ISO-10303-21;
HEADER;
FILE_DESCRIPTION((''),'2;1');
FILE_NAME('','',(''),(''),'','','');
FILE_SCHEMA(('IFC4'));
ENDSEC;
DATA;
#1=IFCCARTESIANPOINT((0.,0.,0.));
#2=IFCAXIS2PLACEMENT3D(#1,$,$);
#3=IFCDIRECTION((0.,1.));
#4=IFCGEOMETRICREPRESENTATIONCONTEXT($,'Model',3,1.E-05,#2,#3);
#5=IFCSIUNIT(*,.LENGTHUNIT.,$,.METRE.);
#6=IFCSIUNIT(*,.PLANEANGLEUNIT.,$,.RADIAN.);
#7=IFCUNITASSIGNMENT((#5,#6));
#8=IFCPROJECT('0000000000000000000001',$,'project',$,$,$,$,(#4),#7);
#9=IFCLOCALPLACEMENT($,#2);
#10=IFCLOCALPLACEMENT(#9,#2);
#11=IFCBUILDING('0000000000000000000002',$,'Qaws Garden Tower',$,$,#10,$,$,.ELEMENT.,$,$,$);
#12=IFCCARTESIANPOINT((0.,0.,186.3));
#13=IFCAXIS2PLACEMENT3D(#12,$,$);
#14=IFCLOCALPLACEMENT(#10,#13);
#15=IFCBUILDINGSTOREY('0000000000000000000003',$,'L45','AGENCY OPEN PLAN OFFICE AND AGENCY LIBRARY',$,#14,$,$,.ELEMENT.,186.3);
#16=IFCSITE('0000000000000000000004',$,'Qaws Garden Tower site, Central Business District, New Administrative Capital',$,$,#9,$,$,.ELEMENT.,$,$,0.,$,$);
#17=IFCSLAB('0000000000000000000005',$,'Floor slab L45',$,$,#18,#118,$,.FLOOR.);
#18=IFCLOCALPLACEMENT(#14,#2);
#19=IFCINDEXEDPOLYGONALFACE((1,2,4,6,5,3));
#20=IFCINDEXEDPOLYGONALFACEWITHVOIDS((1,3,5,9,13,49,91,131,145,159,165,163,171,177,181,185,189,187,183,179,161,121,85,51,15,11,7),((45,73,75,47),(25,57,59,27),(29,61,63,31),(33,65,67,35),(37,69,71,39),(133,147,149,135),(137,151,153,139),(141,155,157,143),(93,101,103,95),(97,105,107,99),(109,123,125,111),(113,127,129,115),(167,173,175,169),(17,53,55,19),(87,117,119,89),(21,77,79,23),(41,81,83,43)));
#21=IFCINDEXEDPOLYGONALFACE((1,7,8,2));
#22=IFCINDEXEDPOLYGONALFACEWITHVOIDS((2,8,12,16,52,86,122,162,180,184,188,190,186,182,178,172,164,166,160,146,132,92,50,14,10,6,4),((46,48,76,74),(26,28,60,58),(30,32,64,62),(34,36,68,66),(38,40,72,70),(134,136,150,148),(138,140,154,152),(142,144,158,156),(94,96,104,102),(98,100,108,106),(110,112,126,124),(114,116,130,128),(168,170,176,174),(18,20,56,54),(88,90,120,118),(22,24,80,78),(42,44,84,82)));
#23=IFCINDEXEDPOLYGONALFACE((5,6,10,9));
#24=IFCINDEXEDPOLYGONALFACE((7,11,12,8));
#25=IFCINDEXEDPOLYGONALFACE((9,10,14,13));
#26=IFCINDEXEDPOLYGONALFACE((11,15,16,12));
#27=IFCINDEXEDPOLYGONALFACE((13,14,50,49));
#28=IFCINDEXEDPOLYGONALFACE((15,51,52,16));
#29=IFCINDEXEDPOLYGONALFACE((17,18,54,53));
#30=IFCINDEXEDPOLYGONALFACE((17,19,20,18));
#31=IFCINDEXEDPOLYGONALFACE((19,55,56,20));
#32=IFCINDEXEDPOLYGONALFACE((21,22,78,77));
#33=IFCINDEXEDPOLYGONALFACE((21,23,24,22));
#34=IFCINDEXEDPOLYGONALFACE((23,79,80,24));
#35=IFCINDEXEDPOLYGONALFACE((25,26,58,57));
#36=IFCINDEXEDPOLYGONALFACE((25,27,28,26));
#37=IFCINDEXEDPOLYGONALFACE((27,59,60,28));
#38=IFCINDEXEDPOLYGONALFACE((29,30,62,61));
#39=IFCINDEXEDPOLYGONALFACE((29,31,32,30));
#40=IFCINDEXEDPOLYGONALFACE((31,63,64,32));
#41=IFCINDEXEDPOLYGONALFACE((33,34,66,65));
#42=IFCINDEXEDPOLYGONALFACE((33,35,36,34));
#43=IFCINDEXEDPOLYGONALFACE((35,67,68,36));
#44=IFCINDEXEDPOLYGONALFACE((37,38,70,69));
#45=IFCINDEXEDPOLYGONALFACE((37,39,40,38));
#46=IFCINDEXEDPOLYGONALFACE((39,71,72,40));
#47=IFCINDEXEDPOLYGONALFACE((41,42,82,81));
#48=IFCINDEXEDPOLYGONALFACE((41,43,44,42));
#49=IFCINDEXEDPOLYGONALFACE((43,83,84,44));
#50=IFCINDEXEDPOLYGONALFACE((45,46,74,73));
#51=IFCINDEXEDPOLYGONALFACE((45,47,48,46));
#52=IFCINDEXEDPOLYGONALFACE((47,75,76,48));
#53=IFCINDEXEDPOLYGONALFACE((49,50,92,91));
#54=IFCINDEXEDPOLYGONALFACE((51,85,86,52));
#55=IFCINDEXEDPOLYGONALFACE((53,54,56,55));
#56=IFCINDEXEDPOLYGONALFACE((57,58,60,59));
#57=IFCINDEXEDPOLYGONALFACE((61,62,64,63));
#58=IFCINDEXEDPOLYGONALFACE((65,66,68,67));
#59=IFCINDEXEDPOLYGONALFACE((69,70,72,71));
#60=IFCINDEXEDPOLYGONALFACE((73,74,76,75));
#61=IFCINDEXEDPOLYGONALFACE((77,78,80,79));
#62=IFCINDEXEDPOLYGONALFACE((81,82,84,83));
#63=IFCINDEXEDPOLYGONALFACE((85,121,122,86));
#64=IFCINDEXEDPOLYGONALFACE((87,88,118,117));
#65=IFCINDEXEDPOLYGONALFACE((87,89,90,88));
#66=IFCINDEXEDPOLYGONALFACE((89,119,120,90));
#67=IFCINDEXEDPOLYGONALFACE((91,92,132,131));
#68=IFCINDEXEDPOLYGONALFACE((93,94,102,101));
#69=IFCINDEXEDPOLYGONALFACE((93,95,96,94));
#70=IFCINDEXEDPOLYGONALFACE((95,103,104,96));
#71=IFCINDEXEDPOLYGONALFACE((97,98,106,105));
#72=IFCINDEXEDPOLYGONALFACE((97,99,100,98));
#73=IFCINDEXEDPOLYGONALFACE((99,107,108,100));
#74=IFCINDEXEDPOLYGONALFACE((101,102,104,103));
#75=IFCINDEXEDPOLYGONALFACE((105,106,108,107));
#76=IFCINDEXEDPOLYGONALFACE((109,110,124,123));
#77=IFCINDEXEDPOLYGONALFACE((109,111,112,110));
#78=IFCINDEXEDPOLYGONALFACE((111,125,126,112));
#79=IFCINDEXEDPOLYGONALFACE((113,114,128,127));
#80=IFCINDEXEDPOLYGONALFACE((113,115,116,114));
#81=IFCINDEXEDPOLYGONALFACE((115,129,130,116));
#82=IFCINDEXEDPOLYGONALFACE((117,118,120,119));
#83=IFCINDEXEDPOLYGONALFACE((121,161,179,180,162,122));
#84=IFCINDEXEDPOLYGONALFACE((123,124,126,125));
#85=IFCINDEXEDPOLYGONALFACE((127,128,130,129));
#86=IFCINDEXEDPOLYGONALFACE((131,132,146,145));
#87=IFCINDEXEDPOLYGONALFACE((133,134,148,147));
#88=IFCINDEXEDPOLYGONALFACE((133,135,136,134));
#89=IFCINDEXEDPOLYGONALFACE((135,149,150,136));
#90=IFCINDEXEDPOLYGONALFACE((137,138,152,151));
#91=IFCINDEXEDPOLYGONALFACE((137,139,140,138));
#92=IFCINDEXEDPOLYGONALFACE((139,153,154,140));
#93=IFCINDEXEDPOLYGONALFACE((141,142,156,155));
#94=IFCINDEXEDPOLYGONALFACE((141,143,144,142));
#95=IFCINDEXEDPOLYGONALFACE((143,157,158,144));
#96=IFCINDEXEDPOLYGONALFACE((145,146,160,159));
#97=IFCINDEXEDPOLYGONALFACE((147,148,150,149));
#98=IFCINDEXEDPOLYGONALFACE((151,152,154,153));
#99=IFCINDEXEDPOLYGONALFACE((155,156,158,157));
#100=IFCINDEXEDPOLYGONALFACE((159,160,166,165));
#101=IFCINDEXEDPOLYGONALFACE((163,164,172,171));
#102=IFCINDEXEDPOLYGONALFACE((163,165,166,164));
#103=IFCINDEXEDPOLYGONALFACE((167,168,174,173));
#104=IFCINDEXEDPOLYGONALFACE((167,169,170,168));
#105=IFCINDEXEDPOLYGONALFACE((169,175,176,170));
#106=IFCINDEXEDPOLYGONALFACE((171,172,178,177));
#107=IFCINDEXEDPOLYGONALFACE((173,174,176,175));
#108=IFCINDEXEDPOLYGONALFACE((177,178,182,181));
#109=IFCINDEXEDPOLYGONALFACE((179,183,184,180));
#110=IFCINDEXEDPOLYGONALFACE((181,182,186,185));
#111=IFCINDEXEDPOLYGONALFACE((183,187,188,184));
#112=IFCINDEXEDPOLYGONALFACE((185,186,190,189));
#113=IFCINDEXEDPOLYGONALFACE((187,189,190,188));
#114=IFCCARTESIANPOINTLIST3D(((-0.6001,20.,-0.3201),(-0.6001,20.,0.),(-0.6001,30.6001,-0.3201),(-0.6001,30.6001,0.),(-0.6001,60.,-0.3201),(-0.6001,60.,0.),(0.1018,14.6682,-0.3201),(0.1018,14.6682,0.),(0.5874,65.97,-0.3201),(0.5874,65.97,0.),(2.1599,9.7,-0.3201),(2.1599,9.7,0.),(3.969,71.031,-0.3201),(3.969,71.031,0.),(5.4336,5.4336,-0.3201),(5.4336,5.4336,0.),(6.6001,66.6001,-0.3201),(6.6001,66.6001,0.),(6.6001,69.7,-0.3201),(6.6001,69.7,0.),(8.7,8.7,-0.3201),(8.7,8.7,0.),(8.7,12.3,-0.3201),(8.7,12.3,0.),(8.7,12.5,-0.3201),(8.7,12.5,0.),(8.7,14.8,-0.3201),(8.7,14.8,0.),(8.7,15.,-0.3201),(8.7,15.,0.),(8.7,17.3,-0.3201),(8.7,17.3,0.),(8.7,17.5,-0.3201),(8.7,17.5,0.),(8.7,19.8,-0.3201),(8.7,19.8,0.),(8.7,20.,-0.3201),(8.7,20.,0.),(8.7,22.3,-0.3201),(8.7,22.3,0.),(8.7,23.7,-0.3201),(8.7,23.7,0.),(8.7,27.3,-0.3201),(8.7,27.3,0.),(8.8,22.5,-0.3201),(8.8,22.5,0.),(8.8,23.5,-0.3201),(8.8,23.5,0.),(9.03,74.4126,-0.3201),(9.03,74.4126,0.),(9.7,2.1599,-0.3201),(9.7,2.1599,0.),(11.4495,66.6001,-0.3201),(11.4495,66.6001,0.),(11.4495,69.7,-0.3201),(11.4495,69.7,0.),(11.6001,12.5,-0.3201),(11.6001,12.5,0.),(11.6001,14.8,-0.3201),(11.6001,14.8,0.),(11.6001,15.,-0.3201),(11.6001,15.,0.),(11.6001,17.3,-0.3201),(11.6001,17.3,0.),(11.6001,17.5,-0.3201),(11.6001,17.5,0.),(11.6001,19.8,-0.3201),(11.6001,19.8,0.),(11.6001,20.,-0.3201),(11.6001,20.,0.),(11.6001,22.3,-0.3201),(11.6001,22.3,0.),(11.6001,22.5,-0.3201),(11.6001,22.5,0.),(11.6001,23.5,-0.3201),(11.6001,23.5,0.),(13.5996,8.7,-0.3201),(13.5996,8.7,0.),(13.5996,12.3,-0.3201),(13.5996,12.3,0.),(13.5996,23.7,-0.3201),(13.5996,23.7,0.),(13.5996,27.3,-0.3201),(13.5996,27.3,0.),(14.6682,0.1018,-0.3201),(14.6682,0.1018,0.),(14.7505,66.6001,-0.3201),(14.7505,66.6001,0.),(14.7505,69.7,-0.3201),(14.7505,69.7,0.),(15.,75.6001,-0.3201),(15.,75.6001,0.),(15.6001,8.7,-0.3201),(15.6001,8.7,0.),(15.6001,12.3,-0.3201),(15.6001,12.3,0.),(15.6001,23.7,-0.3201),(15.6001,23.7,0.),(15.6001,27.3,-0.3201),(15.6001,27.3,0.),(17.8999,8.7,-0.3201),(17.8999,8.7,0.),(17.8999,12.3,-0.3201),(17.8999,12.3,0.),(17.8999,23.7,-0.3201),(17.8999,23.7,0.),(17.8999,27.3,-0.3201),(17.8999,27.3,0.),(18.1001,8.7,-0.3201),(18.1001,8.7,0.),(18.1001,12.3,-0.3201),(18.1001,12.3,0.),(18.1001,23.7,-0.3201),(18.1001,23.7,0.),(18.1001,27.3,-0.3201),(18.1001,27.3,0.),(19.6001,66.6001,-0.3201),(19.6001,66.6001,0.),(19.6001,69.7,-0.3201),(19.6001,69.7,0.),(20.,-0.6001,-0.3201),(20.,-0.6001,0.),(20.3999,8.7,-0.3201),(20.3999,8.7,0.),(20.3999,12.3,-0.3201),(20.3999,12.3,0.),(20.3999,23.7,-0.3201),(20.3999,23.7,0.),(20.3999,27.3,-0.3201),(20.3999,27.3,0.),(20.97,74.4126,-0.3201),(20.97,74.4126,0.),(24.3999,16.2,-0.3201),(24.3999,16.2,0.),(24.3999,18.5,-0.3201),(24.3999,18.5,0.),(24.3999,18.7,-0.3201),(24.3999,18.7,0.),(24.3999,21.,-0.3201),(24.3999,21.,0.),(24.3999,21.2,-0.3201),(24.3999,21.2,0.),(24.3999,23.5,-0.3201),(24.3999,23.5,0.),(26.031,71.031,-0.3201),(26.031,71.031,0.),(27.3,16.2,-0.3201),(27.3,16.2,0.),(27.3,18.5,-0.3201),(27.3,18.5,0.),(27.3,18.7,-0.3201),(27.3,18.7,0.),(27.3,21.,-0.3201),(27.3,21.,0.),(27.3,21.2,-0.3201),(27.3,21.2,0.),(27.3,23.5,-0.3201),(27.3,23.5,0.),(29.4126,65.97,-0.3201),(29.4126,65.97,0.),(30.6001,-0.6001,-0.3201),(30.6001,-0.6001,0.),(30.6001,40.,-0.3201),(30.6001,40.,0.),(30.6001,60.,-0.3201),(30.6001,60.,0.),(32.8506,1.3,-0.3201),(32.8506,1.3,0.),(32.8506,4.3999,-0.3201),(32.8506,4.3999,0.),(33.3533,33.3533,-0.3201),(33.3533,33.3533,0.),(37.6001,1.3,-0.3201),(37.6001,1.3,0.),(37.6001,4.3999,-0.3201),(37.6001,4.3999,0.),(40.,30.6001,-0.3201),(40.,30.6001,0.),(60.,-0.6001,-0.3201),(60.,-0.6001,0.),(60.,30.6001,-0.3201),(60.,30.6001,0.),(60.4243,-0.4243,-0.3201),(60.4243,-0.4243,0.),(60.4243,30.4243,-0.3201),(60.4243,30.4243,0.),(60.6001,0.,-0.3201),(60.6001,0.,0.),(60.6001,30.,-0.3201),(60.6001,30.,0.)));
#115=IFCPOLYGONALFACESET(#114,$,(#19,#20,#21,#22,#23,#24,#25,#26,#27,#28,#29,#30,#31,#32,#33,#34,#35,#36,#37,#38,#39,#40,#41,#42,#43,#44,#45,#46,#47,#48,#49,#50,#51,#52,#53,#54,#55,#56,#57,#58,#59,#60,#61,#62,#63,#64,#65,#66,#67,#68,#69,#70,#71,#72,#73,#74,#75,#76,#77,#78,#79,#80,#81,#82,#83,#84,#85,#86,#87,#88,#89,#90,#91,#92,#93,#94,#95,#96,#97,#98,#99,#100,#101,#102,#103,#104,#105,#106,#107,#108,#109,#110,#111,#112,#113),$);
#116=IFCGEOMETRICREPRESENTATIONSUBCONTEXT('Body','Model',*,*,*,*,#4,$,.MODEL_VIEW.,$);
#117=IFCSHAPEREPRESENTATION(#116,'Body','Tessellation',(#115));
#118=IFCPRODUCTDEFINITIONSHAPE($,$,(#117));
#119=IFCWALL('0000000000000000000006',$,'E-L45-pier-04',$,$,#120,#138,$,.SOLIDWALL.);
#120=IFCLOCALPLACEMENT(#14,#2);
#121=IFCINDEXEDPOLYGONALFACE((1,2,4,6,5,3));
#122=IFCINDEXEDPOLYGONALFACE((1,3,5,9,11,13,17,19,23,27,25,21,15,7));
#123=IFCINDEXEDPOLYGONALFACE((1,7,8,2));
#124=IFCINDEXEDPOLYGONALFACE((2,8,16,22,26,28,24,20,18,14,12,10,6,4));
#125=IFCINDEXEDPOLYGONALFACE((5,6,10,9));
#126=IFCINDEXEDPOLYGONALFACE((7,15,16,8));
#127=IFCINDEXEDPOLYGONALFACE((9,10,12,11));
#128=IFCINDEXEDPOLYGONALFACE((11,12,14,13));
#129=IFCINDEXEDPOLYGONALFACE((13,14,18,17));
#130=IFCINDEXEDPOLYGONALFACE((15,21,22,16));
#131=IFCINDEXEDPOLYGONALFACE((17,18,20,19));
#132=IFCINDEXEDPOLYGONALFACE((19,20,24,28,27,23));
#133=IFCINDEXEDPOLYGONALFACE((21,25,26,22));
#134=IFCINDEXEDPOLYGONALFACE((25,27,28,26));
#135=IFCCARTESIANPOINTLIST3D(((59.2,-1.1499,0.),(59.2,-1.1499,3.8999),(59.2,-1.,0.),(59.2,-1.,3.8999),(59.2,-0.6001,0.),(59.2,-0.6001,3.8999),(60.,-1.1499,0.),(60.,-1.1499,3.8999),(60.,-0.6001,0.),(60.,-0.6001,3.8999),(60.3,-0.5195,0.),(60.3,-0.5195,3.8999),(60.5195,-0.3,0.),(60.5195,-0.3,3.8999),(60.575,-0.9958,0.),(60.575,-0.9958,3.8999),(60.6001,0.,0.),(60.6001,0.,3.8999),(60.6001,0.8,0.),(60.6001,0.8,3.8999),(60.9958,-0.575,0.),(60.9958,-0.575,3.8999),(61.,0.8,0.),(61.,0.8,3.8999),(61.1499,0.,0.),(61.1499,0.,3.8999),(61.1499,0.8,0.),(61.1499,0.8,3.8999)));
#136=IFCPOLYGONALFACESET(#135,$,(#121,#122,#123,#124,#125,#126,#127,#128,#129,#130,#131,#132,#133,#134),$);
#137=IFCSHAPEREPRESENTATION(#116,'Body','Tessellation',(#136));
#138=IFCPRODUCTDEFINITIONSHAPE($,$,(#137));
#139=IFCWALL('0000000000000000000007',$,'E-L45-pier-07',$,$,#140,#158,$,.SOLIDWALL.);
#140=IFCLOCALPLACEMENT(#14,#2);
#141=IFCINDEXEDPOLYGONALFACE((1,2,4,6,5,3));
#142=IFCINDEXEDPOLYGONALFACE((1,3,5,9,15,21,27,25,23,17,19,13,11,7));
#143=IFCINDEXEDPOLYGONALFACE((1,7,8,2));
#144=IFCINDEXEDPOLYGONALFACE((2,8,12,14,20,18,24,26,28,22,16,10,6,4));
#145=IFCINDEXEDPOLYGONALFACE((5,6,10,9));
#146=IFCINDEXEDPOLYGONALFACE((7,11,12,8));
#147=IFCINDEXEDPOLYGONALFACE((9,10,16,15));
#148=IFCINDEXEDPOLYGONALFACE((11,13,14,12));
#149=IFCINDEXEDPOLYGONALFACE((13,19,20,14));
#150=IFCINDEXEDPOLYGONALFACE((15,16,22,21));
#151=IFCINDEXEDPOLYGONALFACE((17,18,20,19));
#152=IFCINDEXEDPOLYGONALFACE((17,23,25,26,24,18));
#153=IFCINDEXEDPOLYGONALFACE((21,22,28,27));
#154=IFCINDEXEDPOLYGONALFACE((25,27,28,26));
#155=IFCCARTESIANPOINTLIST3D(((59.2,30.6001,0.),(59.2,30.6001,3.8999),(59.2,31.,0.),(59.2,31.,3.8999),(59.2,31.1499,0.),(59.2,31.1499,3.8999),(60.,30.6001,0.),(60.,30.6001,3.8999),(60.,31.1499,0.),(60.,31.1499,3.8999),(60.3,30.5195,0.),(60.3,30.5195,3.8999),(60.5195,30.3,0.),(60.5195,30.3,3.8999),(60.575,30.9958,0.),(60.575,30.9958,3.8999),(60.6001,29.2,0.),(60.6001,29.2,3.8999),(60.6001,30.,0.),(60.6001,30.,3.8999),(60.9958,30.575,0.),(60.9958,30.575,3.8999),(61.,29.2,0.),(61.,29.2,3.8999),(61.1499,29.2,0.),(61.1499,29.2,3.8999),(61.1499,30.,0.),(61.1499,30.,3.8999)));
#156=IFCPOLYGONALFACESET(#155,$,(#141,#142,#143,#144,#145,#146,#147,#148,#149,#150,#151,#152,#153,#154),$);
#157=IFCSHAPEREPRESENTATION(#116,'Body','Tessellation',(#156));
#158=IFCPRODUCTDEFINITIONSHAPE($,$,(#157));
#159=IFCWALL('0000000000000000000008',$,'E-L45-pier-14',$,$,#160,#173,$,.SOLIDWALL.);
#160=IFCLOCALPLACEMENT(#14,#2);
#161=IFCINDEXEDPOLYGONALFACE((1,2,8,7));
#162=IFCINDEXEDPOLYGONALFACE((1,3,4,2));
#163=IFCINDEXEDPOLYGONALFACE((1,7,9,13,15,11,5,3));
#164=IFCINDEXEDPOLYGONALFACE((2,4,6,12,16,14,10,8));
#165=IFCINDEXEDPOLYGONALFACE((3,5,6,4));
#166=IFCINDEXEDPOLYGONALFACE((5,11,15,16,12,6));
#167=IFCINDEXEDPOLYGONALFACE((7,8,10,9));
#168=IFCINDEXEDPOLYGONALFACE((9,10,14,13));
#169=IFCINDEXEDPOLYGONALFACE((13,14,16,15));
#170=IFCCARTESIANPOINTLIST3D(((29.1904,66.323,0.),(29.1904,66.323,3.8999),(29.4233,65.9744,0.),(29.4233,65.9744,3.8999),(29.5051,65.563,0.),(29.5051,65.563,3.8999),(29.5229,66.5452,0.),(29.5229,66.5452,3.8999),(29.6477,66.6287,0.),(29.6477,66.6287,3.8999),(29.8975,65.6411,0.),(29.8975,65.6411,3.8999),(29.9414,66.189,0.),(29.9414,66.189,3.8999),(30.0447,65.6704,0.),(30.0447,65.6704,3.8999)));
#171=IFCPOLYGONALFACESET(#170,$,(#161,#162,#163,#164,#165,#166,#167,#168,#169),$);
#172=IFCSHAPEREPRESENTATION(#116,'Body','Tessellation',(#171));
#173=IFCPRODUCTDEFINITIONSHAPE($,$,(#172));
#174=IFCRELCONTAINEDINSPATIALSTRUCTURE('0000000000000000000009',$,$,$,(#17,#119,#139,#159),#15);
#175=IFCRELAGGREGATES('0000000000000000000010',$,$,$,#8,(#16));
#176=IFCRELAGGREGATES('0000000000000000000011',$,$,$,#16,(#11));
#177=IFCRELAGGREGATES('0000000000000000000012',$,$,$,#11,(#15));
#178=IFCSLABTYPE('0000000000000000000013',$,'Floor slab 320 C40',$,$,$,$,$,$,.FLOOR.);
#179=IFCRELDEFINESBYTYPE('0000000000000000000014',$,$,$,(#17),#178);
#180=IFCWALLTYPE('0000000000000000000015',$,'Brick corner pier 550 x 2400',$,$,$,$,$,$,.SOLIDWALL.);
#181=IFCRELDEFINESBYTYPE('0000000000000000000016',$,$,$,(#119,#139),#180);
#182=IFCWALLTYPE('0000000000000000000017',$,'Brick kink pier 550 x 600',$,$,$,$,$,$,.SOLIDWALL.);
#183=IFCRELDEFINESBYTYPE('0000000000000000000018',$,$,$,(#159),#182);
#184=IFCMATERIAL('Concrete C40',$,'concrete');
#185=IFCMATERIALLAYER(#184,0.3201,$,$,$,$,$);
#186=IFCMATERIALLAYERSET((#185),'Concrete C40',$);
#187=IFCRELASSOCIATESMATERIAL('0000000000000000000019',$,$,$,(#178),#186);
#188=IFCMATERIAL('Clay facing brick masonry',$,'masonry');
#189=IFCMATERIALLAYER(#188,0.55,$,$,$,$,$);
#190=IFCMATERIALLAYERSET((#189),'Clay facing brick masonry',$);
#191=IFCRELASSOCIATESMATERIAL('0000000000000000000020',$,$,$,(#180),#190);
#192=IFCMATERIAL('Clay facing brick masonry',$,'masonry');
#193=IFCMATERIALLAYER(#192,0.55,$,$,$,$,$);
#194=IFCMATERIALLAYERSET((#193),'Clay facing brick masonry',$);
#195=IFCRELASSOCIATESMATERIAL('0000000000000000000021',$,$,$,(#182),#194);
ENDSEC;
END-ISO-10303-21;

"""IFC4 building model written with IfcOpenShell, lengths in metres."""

from ifc_helpers import new_model, si_unit, direction, frame, origin, place, context, subcontext, project, spatial, polyline, outline, extrude, material, layer, layer_set, type_object, element, save


model = new_model("IFC4")

# Units and contexts
model_context = context("Model", 3, precision=1e-05, world=origin(), true_north=direction((0.0, 1.0)))
body_context = subcontext(model_context, "Body", "Model", "MODEL_VIEW")
ifc_project = project(units=[si_unit("LENGTHUNIT", "METRE"), si_unit("PLANEANGLEUNIT", "RADIAN")], contexts=[model_context])

# Site, building, storey
site_placement = place(None, origin())
site = spatial("IfcSite", under=ifc_project, at=site_placement, Name="Qaws Garden Tower site, Central Business District, New Administrative Capital", CompositionType="ELEMENT", RefElevation=0.0)
building_placement = place(site_placement, origin())
building = spatial("IfcBuilding", under=site, at=building_placement, Name="Qaws Garden Tower", CompositionType="ELEMENT")
storey_placement = place(building_placement, frame((0.0, 0.0, 186.3)))
storey = spatial("IfcBuildingStorey", under=building, at=storey_placement, Name="L45", Description="AGENCY OPEN PLAN OFFICE AND AGENCY LIBRARY", CompositionType="ELEMENT", Elevation=186.3)

# Slab
ifc_material_1 = material(Name="Concrete C40", Category="concrete")
ifc_layer_1 = layer(ifc_material_1, 0.3201)
ifc_layer_set_1 = layer_set([ifc_layer_1], Name="Concrete C40")
slab_type = type_object("IfcSlabType", Name="Floor slab 320 C40", PredefinedType="FLOOR", material=ifc_layer_set_1)
slab_placement = place(storey_placement, frame((0.0, 0.0, -0.3201)))
element("IfcSlab", 1, at=slab_placement, inside=storey, type_object=slab_type, Name="Floor slab L45", PredefinedType="FLOOR", context=body_context, shape_type="SweptSolid", body=[
    extrude(outline(polyline([(0.1018, 14.6682), (-0.6001, 20.0), (-0.6001, 30.6001), (-0.6001, 60.0), (-0.6001, 60.0), (0.5874, 65.97), (3.969, 71.031), (9.03, 74.4126), (15.0, 75.6001), (20.97, 74.4126), (26.031, 71.031), (29.4126, 65.97), (30.6001, 60.0), (30.6001, 40.0), (33.3533, 33.3533), (40.0, 30.6001), (60.0, 30.6001), (60.4243, 30.4243), (60.6001, 30.0), (60.6001, 0.0), (60.4243, -0.4243), (60.0, -0.6001), (30.6001, -0.6001), (20.0, -0.6001), (14.6682, 0.1018), (9.7, 2.1599), (5.4336, 5.4336), (2.1599, 9.7), (0.1018, 14.6682)]), holes=[polyline([(13.5996, 12.3), (8.7, 12.3), (8.7, 8.7), (13.5996, 8.7), (13.5996, 12.3)]), polyline([(17.8999, 12.3), (15.6001, 12.3), (15.6001, 8.7), (17.8999, 8.7), (17.8999, 12.3)]), polyline([(11.6001, 14.8), (8.7, 14.8), (8.7, 12.5), (11.6001, 12.5), (11.6001, 14.8)]), polyline([(11.6001, 17.3), (8.7, 17.3), (8.7, 15.0), (11.6001, 15.0), (11.6001, 17.3)]), polyline([(11.6001, 19.8), (8.7, 19.8), (8.7, 17.5), (11.6001, 17.5), (11.6001, 19.8)]), polyline([(11.6001, 22.3), (8.7, 22.3), (8.7, 20.0), (11.6001, 20.0), (11.6001, 22.3)]), polyline([(11.6001, 23.5), (8.8, 23.5), (8.8, 22.5), (11.6001, 22.5), (11.6001, 23.5)]), polyline([(13.5996, 27.3), (8.7, 27.3), (8.7, 23.7), (13.5996, 23.7), (13.5996, 27.3)]), polyline([(11.4495, 69.7), (6.6001, 69.7), (6.6001, 66.6001), (11.4495, 66.6001), (11.4495, 69.7)]), polyline([(37.6001, 4.3999), (32.8506, 4.3999), (32.8506, 1.3), (37.6001, 1.3), (37.6001, 4.3999)]), polyline([(20.3999, 12.3), (18.1001, 12.3), (18.1001, 8.7), (20.3999, 8.7), (20.3999, 12.3)]), polyline([(27.3, 18.5), (24.3999, 18.5), (24.3999, 16.2), (27.3, 16.2), (27.3, 18.5)]), polyline([(27.3, 21.0), (24.3999, 21.0), (24.3999, 18.7), (27.3, 18.7), (27.3, 21.0)]), polyline([(27.3, 23.5), (24.3999, 23.5), (24.3999, 21.2), (27.3, 21.2), (27.3, 23.5)]), polyline([(17.8999, 27.3), (15.6001, 27.3), (15.6001, 23.7), (17.8999, 23.7), (17.8999, 27.3)]), polyline([(20.3999, 23.7), (20.3999, 27.3), (18.1001, 27.3), (18.1001, 23.7), (20.3999, 23.7)]), polyline([(19.6001, 66.6001), (19.6001, 69.7), (14.7505, 69.7), (14.7505, 66.6001), (19.6001, 66.6001)])]), origin(), (0.0, 0.0, 1.0), 0.3201),
])

# Walls
ifc_material_2 = material(Name="Clay facing brick masonry", Category="masonry")
ifc_layer_2 = layer(ifc_material_2, 0.55)
ifc_layer_set_2 = layer_set([ifc_layer_2], Name="Clay facing brick masonry")
wall_type_1 = type_object("IfcWallType", Name="Brick corner pier 550 x 2400", PredefinedType="SOLIDWALL", material=ifc_layer_set_2)
placement = place(storey_placement, origin())
element("IfcWall", 2, at=placement, inside=storey, type_object=wall_type_1, Name="E-L45-pier-04", PredefinedType="SOLIDWALL", context=body_context, shape_type="SweptSolid", body=[
    extrude(outline(polyline([(59.2, -1.0), (59.2, -1.1499), (60.0, -1.1499), (60.575, -0.9958), (60.9958, -0.575), (61.1499, 0.0), (61.1499, 0.8), (61.0, 0.8), (60.6001, 0.8), (60.6001, 0.0), (60.5195, -0.3), (60.3, -0.5195), (60.0, -0.6001), (59.2, -0.6001), (59.2, -1.0)])), origin(), (0.0, 0.0, 1.0), 3.8999),
])
element("IfcWall", 3, at=placement, inside=storey, type_object=wall_type_1, Name="E-L45-pier-07", PredefinedType="SOLIDWALL", context=body_context, shape_type="SweptSolid", body=[
    extrude(outline(polyline([(61.0, 29.2), (61.1499, 29.2), (61.1499, 30.0), (60.9958, 30.575), (60.575, 30.9958), (60.0, 31.1499), (59.2, 31.1499), (59.2, 31.0), (59.2, 30.6001), (60.0, 30.6001), (60.3, 30.5195), (60.5195, 30.3), (60.6001, 30.0), (60.6001, 29.2), (61.0, 29.2)])), origin(), (0.0, 0.0, 1.0), 3.8999),
])
ifc_material_3 = material(Name="Clay facing brick masonry", Category="masonry")
ifc_layer_3 = layer(ifc_material_3, 0.55)
ifc_layer_set_3 = layer_set([ifc_layer_3], Name="Clay facing brick masonry")
wall_type_2 = type_object("IfcWallType", Name="Brick kink pier 550 x 600", PredefinedType="SOLIDWALL", material=ifc_layer_set_3)
element("IfcWall", 4, at=placement, inside=storey, type_object=wall_type_2, Name="E-L45-pier-14", PredefinedType="SOLIDWALL", context=body_context, shape_type="SweptSolid", body=[
    extrude(outline(polyline([(29.8975, 65.6411), (30.0447, 65.6704), (29.9414, 66.189), (29.6477, 66.6287), (29.5229, 66.5452), (29.1904, 66.323), (29.4233, 65.9744), (29.5051, 65.563), (29.8975, 65.6411)])), origin(), (0.0, 0.0, 1.0), 3.8999),
])

save(model, "model.ifc")
